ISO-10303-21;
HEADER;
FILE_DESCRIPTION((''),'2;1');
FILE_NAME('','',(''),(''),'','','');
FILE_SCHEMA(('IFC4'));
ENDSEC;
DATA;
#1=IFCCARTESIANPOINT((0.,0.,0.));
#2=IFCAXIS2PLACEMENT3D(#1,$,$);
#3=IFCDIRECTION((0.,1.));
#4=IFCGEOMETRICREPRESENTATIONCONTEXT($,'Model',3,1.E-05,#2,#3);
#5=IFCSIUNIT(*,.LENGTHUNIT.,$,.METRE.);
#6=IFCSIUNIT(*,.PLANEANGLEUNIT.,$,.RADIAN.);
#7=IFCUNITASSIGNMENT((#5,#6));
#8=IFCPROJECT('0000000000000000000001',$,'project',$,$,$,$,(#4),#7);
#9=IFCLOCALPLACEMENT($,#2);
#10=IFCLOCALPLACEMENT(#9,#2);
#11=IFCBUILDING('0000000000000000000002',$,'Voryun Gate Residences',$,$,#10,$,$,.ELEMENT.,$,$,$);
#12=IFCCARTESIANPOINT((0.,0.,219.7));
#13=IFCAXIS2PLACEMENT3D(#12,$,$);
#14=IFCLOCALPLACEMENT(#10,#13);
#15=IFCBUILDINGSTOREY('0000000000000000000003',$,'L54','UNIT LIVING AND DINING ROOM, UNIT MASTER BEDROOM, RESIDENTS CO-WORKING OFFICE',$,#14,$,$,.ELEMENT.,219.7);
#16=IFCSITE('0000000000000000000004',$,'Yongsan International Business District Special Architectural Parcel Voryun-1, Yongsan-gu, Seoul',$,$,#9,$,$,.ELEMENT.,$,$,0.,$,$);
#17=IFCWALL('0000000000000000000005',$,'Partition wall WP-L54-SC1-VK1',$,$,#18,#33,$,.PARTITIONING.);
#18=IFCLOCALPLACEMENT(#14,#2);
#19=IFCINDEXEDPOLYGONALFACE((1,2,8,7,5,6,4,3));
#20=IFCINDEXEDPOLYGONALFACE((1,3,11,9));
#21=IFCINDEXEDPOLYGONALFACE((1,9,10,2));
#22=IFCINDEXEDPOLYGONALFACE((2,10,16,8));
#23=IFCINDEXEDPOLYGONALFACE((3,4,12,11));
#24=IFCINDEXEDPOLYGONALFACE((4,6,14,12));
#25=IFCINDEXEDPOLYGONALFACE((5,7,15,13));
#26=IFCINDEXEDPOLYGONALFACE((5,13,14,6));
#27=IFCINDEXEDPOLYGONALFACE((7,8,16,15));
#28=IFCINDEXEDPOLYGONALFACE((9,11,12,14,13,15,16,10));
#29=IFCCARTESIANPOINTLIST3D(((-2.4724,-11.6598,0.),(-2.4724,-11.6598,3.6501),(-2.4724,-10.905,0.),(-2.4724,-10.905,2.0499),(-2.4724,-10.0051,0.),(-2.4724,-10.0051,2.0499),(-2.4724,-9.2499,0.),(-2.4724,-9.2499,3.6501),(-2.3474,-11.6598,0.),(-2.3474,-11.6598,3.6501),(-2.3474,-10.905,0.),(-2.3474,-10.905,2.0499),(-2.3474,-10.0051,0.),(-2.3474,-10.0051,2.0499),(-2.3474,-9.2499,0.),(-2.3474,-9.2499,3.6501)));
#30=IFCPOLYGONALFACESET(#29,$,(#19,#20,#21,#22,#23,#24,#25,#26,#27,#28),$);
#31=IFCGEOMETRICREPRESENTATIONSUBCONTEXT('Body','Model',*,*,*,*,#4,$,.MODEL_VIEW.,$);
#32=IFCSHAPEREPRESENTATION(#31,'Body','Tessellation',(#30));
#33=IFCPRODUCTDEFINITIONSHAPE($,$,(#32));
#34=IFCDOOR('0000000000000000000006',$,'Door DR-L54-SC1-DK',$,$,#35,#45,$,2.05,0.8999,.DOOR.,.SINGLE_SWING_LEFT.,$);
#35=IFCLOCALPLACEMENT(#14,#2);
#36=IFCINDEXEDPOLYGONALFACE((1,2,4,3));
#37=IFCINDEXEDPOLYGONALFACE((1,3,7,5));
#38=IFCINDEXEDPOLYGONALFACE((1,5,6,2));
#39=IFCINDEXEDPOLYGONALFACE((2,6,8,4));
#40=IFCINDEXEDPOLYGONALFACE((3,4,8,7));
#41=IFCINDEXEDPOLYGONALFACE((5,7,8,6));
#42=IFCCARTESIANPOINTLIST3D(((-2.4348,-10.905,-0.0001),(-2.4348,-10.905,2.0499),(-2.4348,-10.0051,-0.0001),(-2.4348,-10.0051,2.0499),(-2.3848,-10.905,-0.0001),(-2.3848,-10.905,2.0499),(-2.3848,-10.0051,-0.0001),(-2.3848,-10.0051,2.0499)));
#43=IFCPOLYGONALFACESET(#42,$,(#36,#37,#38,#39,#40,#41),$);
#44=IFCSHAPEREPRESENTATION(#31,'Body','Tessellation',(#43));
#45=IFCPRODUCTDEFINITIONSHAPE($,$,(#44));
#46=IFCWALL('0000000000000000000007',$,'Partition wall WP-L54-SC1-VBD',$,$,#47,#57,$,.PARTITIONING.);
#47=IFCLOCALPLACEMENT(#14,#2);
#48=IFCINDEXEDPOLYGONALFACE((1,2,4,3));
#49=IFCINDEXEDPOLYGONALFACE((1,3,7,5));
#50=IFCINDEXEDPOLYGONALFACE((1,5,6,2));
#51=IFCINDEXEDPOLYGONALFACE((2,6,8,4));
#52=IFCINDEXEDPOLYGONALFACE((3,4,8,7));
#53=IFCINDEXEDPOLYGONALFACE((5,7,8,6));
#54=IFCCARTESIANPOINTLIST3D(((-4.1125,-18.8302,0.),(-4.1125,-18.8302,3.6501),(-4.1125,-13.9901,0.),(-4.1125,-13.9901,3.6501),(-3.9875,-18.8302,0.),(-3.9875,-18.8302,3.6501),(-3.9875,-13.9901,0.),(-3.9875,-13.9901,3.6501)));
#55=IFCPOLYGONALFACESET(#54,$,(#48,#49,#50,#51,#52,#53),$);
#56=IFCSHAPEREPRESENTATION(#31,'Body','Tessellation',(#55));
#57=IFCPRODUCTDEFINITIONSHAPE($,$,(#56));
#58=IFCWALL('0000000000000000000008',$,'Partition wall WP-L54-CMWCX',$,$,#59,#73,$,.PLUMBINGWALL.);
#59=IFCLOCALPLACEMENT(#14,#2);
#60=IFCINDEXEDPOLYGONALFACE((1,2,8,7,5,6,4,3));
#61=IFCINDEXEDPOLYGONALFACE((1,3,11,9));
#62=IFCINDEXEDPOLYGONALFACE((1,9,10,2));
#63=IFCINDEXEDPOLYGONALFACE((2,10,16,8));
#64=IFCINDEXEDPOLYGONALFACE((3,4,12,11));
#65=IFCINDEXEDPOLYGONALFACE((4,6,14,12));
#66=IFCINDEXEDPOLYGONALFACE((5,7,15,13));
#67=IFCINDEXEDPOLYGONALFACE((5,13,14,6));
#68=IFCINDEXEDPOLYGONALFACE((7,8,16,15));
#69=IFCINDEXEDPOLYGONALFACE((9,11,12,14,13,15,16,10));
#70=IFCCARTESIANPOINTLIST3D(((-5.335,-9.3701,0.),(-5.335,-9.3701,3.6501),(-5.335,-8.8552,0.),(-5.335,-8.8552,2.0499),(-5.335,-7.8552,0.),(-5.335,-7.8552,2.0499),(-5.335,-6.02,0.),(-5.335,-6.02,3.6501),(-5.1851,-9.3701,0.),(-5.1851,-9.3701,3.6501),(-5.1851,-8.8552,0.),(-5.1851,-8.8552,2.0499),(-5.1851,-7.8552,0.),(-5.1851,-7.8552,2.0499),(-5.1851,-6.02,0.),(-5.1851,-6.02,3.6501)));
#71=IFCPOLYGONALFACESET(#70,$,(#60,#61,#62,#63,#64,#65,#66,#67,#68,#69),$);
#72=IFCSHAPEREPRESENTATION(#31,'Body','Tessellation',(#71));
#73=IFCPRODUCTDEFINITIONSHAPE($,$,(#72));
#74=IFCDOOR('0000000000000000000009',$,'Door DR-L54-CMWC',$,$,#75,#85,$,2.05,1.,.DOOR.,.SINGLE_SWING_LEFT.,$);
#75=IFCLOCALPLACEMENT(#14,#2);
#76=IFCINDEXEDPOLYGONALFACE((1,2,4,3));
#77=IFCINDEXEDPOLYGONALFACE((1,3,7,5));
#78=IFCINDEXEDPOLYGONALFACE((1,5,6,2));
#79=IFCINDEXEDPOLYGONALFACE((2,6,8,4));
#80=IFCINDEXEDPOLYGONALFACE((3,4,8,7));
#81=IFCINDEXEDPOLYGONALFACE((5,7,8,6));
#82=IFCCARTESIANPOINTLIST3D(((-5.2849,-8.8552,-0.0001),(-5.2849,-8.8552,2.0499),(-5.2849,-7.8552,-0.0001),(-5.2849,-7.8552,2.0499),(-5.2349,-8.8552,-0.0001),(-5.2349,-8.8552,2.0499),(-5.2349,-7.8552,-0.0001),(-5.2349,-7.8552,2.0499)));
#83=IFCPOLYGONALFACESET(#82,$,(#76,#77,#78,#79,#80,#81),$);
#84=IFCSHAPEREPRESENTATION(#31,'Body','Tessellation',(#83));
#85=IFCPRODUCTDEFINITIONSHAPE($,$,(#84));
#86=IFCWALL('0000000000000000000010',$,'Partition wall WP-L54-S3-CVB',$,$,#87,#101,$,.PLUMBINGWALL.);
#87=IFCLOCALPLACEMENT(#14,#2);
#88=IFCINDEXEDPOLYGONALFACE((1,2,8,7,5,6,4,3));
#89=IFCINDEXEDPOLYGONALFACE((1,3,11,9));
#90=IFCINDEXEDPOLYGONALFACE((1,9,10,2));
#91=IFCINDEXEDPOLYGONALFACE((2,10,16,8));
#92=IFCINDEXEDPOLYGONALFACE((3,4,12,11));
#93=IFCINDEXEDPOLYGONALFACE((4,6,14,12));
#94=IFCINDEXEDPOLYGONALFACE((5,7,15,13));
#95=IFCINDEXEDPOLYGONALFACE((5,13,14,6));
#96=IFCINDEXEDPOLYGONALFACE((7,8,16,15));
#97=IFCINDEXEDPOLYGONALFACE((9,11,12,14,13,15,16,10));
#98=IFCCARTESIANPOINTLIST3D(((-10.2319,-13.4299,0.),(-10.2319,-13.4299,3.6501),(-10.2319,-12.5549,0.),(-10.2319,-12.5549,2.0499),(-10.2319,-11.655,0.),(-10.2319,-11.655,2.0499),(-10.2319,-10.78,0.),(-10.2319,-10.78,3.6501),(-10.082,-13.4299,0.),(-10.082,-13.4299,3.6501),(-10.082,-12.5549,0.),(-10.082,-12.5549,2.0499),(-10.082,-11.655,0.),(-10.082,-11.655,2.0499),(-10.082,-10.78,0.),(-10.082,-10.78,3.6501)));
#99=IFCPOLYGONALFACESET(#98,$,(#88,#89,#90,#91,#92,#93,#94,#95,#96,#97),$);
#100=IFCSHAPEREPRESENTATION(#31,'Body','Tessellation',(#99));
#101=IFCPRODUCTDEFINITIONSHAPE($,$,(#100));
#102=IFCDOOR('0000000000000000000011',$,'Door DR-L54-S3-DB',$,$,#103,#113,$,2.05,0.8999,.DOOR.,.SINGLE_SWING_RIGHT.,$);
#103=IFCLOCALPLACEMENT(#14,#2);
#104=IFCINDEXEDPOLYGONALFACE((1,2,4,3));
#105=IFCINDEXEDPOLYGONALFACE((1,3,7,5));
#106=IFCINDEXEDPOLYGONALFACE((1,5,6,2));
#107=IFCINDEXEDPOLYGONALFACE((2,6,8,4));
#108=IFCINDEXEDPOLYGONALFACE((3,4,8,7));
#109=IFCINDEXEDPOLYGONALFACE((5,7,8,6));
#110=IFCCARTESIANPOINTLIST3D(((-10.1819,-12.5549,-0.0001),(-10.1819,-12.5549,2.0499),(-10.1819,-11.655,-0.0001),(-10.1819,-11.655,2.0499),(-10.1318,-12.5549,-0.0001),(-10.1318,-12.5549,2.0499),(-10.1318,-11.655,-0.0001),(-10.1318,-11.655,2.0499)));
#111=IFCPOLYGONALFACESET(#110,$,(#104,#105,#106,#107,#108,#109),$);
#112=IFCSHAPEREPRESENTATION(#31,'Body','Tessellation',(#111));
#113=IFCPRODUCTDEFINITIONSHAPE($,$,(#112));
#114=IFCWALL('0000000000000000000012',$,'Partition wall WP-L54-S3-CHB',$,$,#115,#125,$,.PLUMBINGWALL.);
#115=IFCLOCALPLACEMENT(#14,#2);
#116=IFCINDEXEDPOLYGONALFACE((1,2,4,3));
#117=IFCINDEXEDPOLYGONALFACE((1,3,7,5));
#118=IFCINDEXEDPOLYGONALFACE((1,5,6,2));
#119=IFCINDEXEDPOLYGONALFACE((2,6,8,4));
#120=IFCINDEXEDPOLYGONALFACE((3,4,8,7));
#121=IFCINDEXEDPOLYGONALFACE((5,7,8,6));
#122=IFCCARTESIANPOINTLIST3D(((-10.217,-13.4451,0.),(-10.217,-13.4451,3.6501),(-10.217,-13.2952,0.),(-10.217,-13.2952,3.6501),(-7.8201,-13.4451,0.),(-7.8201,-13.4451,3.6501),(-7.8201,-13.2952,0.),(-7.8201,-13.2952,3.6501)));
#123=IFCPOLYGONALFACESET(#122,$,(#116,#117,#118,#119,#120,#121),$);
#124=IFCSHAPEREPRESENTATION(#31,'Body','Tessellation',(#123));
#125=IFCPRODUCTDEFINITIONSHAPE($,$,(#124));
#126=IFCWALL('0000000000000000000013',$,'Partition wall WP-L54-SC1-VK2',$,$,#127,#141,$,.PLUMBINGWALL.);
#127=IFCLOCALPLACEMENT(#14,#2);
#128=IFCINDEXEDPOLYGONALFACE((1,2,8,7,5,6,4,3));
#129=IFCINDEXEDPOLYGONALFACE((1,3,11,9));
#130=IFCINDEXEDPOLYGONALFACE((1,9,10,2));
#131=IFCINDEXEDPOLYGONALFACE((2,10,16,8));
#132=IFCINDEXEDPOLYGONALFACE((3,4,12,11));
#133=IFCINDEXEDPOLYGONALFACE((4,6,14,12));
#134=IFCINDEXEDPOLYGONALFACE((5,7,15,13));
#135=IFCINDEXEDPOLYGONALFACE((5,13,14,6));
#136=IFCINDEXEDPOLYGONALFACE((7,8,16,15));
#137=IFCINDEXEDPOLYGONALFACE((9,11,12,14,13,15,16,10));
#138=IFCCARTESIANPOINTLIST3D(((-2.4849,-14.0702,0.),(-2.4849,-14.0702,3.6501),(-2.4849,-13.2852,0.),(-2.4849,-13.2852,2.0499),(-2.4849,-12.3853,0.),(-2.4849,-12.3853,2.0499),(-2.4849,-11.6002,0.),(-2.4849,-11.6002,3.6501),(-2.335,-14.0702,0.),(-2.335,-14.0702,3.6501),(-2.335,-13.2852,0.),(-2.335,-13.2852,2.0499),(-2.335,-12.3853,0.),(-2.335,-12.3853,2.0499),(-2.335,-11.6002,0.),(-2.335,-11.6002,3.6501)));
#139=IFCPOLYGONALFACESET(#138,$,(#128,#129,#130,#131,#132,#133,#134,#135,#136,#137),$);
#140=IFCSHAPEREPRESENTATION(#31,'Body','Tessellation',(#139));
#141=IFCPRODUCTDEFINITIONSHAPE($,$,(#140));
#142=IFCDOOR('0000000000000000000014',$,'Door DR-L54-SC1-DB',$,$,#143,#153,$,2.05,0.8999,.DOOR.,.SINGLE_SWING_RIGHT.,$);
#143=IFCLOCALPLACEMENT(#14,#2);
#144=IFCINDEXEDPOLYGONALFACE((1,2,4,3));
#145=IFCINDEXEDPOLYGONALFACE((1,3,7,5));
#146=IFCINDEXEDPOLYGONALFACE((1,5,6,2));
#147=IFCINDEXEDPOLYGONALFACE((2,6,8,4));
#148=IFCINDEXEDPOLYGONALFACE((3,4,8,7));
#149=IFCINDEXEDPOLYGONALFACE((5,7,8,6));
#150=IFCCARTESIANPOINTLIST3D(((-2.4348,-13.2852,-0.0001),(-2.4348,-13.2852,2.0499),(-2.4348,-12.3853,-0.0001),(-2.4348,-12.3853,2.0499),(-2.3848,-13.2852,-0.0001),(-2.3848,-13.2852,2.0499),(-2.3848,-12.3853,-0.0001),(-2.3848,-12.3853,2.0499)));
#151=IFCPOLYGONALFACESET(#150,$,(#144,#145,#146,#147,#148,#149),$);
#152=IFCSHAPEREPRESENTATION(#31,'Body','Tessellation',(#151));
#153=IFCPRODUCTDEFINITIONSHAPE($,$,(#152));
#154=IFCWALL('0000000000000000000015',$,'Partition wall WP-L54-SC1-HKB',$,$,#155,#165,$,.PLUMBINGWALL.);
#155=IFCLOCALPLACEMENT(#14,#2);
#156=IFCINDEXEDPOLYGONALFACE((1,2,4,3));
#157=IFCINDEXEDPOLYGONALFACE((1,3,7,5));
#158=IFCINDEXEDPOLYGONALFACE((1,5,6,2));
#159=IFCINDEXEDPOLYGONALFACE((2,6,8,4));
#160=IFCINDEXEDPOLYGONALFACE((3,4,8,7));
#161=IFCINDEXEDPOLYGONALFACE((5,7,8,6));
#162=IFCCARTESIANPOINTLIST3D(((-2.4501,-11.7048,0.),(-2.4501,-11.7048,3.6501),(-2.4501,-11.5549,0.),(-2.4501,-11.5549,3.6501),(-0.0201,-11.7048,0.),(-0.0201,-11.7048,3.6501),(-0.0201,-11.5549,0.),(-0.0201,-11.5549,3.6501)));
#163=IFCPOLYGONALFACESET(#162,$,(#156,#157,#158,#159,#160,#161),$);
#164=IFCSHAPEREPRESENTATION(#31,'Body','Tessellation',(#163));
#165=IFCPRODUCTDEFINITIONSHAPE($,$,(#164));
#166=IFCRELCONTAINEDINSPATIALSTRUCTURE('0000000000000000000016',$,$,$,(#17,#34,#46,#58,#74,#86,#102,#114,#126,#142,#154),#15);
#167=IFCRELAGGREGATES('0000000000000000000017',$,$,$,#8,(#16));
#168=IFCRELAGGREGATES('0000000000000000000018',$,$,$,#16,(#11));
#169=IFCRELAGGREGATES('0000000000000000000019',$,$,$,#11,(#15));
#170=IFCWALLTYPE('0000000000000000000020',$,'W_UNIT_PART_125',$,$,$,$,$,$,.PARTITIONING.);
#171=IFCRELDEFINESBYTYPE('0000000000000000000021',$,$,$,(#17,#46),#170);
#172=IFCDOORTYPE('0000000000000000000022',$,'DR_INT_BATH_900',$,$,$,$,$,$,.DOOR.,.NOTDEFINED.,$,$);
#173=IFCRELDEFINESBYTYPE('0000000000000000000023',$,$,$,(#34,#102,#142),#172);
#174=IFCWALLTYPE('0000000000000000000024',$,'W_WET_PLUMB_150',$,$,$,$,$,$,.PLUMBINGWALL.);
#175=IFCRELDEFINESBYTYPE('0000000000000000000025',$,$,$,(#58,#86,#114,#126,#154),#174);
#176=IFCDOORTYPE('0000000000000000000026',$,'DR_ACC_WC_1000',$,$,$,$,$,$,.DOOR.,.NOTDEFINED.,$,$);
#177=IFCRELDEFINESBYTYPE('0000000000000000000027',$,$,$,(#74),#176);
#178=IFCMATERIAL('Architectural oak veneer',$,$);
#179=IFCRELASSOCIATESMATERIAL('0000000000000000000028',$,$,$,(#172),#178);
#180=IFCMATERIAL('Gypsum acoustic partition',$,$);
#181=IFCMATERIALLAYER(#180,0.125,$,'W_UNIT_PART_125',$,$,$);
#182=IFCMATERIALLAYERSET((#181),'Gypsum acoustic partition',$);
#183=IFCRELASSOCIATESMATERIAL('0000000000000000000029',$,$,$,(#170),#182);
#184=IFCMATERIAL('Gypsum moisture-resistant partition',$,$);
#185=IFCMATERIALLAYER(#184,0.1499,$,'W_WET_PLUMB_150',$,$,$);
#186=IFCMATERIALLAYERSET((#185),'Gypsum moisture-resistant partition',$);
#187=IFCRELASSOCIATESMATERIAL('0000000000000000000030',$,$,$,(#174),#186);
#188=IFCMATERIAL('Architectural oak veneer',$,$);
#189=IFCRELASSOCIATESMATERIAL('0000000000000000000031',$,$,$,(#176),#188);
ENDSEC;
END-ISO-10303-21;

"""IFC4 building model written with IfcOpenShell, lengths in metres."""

from ifc_helpers import new_model, si_unit, direction, frame, frame_2d, origin, place, context, subcontext, project, spatial, rectangle, extrude, material, layer, layer_set, type_object, element, fill, save


model = new_model("IFC4")

# Units and contexts
model_context = context("Model", 3, precision=1e-05, world=origin(), true_north=direction((0.0, 1.0)))
body_context = subcontext(model_context, "Body", "Model", "MODEL_VIEW")
ifc_project = project(units=[si_unit("LENGTHUNIT", "METRE"), si_unit("PLANEANGLEUNIT", "RADIAN")], contexts=[model_context])

# Site, building, storey
site_placement = place(None, origin())
site = spatial("IfcSite", under=ifc_project, at=site_placement, Name="Yongsan International Business District Special Architectural Parcel Voryun-1, Yongsan-gu, Seoul", CompositionType="ELEMENT", RefElevation=0.0)
building_placement = place(site_placement, origin())
building = spatial("IfcBuilding", under=site, at=building_placement, Name="Voryun Gate Residences", CompositionType="ELEMENT")
storey_placement = place(building_placement, frame((0.0, 0.0, 219.7)))
storey = spatial("IfcBuildingStorey", under=building, at=storey_placement, Name="L54", Description="UNIT LIVING AND DINING ROOM, UNIT MASTER BEDROOM, RESIDENTS CO-WORKING OFFICE", CompositionType="ELEMENT", Elevation=219.7)

# Shared definitions
ifc_material_1 = material(Name="Architectural oak veneer")
door_type_1 = type_object("IfcDoorType", Name="DR_INT_BATH_900", OperationType="NOTDEFINED", PredefinedType="DOOR", material=ifc_material_1)

# Shared definitions
ifc_material_2 = material(Name="Gypsum acoustic partition")
ifc_layer_1 = layer(ifc_material_2, 0.125, Name="W_UNIT_PART_125")
ifc_layer_set_1 = layer_set([ifc_layer_1], Name="Gypsum acoustic partition")
wall_type_1 = type_object("IfcWallType", Name="W_UNIT_PART_125", PredefinedType="PARTITIONING", material=ifc_layer_set_1)

# Wall, opening, door
wall_1_placement = place(storey_placement, frame((-2.4099, -11.6599, 0.0), z_axis=(0.0, 0.0, 1.0), x_axis=(0.0, 1.0, 0.0)))
wall_1 = element("IfcWall", 1, at=wall_1_placement, inside=storey, type_object=wall_type_1, Name="Partition wall WP-L54-SC1-VK1", PredefinedType="PARTITIONING", context=body_context, shape_type="SweptSolid", body=[
    extrude(rectangle(XDim=2.4099, YDim=0.125, at=frame_2d((1.2051, 0.0))), origin(), (0.0, 0.0, 1.0), 3.6501),
])
opening_1_placement = place(wall_1_placement, frame((0.7549, 0.0, 0.0)))
opening_1 = element("IfcOpeningElement", 2, at=opening_1_placement, cuts=wall_1, PredefinedType="OPENING", context=body_context, shape_type="SweptSolid", body=[
    extrude(rectangle(XDim=0.8999, YDim=2.05, at=frame_2d((0.45, 1.0249))), frame((0.0, 0.0725, 0.0), z_axis=(0.0, -1.0, 0.0), x_axis=(1.0, 0.0, 0.0)), (0.0, 0.0, 1.0), 0.145),
])
door_1_placement = place(opening_1_placement, origin())
door_1 = element("IfcDoor", 3, at=door_1_placement, inside=storey, type_object=door_type_1, Name="Door DR-L54-SC1-DK", OperationType="SINGLE_SWING_LEFT", OverallHeight=2.05, OverallWidth=0.8999, PredefinedType="DOOR", context=body_context, shape_type="SweptSolid", body=[
    extrude(rectangle(XDim=0.8999, YDim=2.05, at=frame_2d((0.45, 1.0249))), frame((0.0, 0.0249, 0.0), z_axis=(0.0, -1.0, 0.0), x_axis=(1.0, 0.0, 0.0)), (0.0, 0.0, 1.0), 0.05),
])
fill(opening_1, door_1)

# Wall
wall_2_placement = place(storey_placement, frame((-4.05, -18.8301, 0.0), z_axis=(0.0, 0.0, 1.0), x_axis=(0.0, 1.0, 0.0)))
element("IfcWall", 4, at=wall_2_placement, inside=storey, type_object=wall_type_1, Name="Partition wall WP-L54-SC1-VBD", PredefinedType="PARTITIONING", context=body_context, shape_type="SweptSolid", body=[
    extrude(rectangle(XDim=4.8401, YDim=0.125, at=frame_2d((2.4199, 0.0))), origin(), (0.0, 0.0, 1.0), 3.6501),
])

# Walls, openings, doors
ifc_material_3 = material(Name="Gypsum moisture-resistant partition")
ifc_layer_2 = layer(ifc_material_3, 0.1499, Name="W_WET_PLUMB_150")
ifc_layer_set_2 = layer_set([ifc_layer_2], Name="Gypsum moisture-resistant partition")
wall_type_2 = type_object("IfcWallType", Name="W_WET_PLUMB_150", PredefinedType="PLUMBINGWALL", material=ifc_layer_set_2)
wall_3_placement = place(storey_placement, frame((-5.26, -9.3701, 0.0), z_axis=(0.0, 0.0, 1.0), x_axis=(0.0, 1.0, 0.0)))
wall_3 = element("IfcWall", 5, at=wall_3_placement, inside=storey, type_object=wall_type_2, Name="Partition wall WP-L54-CMWCX", PredefinedType="PLUMBINGWALL", context=body_context, shape_type="SweptSolid", body=[
    extrude(rectangle(XDim=3.3501, YDim=0.1499, at=frame_2d((1.675, 0.0))), origin(), (0.0, 0.0, 1.0), 3.6501),
])
opening_2_placement = place(wall_3_placement, frame((0.5149, 0.0, 0.0)))
opening_2 = element("IfcOpeningElement", 6, at=opening_2_placement, cuts=wall_3, PredefinedType="OPENING", context=body_context, shape_type="SweptSolid", body=[
    extrude(rectangle(XDim=1.0, YDim=2.05, at=frame_2d((0.5, 1.0249))), frame((0.0, 0.085, 0.0), z_axis=(0.0, -1.0, 0.0), x_axis=(1.0, 0.0, 0.0)), (0.0, 0.0, 1.0), 0.1699),
])
ifc_material_4 = material(Name="Architectural oak veneer")
door_type_2 = type_object("IfcDoorType", Name="DR_ACC_WC_1000", OperationType="NOTDEFINED", PredefinedType="DOOR", material=ifc_material_4)
door_2_placement = place(opening_2_placement, origin())
door_2 = element("IfcDoor", 7, at=door_2_placement, inside=storey, type_object=door_type_2, Name="Door DR-L54-CMWC", OperationType="SINGLE_SWING_LEFT", OverallHeight=2.05, OverallWidth=1.0, PredefinedType="DOOR", context=body_context, shape_type="SweptSolid", body=[
    extrude(rectangle(XDim=1.0, YDim=2.05, at=frame_2d((0.5, 1.0249))), frame((0.0, 0.0249, 0.0), z_axis=(0.0, -1.0, 0.0), x_axis=(1.0, 0.0, 0.0)), (0.0, 0.0, 1.0), 0.05),
])
fill(opening_2, door_2)
wall_4_placement = place(storey_placement, frame((-10.157, -13.4299, 0.0), z_axis=(0.0, 0.0, 1.0), x_axis=(0.0, 1.0, 0.0)))
wall_4 = element("IfcWall", 8, at=wall_4_placement, inside=storey, type_object=wall_type_2, Name="Partition wall WP-L54-S3-CVB", PredefinedType="PLUMBINGWALL", context=body_context, shape_type="SweptSolid", body=[
    extrude(rectangle(XDim=2.6499, YDim=0.1499, at=frame_2d((1.325, 0.0))), origin(), (0.0, 0.0, 1.0), 3.6501),
])
opening_3_placement = place(wall_4_placement, frame((0.875, 0.0, 0.0)))
opening_3 = element("IfcOpeningElement", 9, at=opening_3_placement, cuts=wall_4, PredefinedType="OPENING", context=body_context, shape_type="SweptSolid", body=[
    extrude(rectangle(XDim=0.8999, YDim=2.05, at=frame_2d((0.45, 1.0249))), frame((0.0, 0.085, 0.0), z_axis=(0.0, -1.0, 0.0), x_axis=(1.0, 0.0, 0.0)), (0.0, 0.0, 1.0), 0.1699),
])
door_3_placement = place(opening_3_placement, origin())
door_3 = element("IfcDoor", 10, at=door_3_placement, inside=storey, type_object=door_type_1, Name="Door DR-L54-S3-DB", OperationType="SINGLE_SWING_RIGHT", OverallHeight=2.05, OverallWidth=0.8999, PredefinedType="DOOR", context=body_context, shape_type="SweptSolid", body=[
    extrude(rectangle(XDim=0.8999, YDim=2.05, at=frame_2d((0.45, 1.0249))), frame((0.0, 0.0249, 0.0), z_axis=(0.0, -1.0, 0.0), x_axis=(1.0, 0.0, 0.0)), (0.0, 0.0, 1.0), 0.05),
])
fill(opening_3, door_3)

# Wall
wall_5_placement = place(storey_placement, frame((-10.217, -13.3701, 0.0), z_axis=(0.0, 0.0, 1.0), x_axis=(1.0, 0.0, 0.0)))
element("IfcWall", 11, at=wall_5_placement, inside=storey, type_object=wall_type_2, Name="Partition wall WP-L54-S3-CHB", PredefinedType="PLUMBINGWALL", context=body_context, shape_type="SweptSolid", body=[
    extrude(rectangle(XDim=2.397, YDim=0.1499, at=frame_2d((1.1985, 0.0))), origin(), (0.0, 0.0, 1.0), 3.6501),
])

# Wall, opening, door
wall_6_placement = place(storey_placement, frame((-2.4099, -14.0701, 0.0), z_axis=(0.0, 0.0, 1.0), x_axis=(0.0, 1.0, 0.0)))
wall_6 = element("IfcWall", 12, at=wall_6_placement, inside=storey, type_object=wall_type_2, Name="Partition wall WP-L54-SC1-VK2", PredefinedType="PLUMBINGWALL", context=body_context, shape_type="SweptSolid", body=[
    extrude(rectangle(XDim=2.47, YDim=0.1499, at=frame_2d((1.2349, 0.0))), origin(), (0.0, 0.0, 1.0), 3.6501),
])
opening_4_placement = place(wall_6_placement, frame((0.7849, 0.0, 0.0)))
opening_4 = element("IfcOpeningElement", 13, at=opening_4_placement, cuts=wall_6, PredefinedType="OPENING", context=body_context, shape_type="SweptSolid", body=[
    extrude(rectangle(XDim=0.8999, YDim=2.05, at=frame_2d((0.45, 1.0249))), frame((0.0, 0.085, 0.0), z_axis=(0.0, -1.0, 0.0), x_axis=(1.0, 0.0, 0.0)), (0.0, 0.0, 1.0), 0.1699),
])
door_4_placement = place(opening_4_placement, origin())
door_4 = element("IfcDoor", 14, at=door_4_placement, inside=storey, type_object=door_type_1, Name="Door DR-L54-SC1-DB", OperationType="SINGLE_SWING_RIGHT", OverallHeight=2.05, OverallWidth=0.8999, PredefinedType="DOOR", context=body_context, shape_type="SweptSolid", body=[
    extrude(rectangle(XDim=0.8999, YDim=2.05, at=frame_2d((0.45, 1.0249))), frame((0.0, 0.0249, 0.0), z_axis=(0.0, -1.0, 0.0), x_axis=(1.0, 0.0, 0.0)), (0.0, 0.0, 1.0), 0.05),
])
fill(opening_4, door_4)

# Wall
wall_7_placement = place(storey_placement, frame((-2.45, -11.6299, 0.0), z_axis=(0.0, 0.0, 1.0), x_axis=(1.0, 0.0, 0.0)))
element("IfcWall", 15, at=wall_7_placement, inside=storey, type_object=wall_type_2, Name="Partition wall WP-L54-SC1-HKB", PredefinedType="PLUMBINGWALL", context=body_context, shape_type="SweptSolid", body=[
    extrude(rectangle(XDim=2.4299, YDim=0.1499, at=frame_2d((1.2148, 0.0))), origin(), (0.0, 0.0, 1.0), 3.6501),
])

save(model, "model.ifc")
